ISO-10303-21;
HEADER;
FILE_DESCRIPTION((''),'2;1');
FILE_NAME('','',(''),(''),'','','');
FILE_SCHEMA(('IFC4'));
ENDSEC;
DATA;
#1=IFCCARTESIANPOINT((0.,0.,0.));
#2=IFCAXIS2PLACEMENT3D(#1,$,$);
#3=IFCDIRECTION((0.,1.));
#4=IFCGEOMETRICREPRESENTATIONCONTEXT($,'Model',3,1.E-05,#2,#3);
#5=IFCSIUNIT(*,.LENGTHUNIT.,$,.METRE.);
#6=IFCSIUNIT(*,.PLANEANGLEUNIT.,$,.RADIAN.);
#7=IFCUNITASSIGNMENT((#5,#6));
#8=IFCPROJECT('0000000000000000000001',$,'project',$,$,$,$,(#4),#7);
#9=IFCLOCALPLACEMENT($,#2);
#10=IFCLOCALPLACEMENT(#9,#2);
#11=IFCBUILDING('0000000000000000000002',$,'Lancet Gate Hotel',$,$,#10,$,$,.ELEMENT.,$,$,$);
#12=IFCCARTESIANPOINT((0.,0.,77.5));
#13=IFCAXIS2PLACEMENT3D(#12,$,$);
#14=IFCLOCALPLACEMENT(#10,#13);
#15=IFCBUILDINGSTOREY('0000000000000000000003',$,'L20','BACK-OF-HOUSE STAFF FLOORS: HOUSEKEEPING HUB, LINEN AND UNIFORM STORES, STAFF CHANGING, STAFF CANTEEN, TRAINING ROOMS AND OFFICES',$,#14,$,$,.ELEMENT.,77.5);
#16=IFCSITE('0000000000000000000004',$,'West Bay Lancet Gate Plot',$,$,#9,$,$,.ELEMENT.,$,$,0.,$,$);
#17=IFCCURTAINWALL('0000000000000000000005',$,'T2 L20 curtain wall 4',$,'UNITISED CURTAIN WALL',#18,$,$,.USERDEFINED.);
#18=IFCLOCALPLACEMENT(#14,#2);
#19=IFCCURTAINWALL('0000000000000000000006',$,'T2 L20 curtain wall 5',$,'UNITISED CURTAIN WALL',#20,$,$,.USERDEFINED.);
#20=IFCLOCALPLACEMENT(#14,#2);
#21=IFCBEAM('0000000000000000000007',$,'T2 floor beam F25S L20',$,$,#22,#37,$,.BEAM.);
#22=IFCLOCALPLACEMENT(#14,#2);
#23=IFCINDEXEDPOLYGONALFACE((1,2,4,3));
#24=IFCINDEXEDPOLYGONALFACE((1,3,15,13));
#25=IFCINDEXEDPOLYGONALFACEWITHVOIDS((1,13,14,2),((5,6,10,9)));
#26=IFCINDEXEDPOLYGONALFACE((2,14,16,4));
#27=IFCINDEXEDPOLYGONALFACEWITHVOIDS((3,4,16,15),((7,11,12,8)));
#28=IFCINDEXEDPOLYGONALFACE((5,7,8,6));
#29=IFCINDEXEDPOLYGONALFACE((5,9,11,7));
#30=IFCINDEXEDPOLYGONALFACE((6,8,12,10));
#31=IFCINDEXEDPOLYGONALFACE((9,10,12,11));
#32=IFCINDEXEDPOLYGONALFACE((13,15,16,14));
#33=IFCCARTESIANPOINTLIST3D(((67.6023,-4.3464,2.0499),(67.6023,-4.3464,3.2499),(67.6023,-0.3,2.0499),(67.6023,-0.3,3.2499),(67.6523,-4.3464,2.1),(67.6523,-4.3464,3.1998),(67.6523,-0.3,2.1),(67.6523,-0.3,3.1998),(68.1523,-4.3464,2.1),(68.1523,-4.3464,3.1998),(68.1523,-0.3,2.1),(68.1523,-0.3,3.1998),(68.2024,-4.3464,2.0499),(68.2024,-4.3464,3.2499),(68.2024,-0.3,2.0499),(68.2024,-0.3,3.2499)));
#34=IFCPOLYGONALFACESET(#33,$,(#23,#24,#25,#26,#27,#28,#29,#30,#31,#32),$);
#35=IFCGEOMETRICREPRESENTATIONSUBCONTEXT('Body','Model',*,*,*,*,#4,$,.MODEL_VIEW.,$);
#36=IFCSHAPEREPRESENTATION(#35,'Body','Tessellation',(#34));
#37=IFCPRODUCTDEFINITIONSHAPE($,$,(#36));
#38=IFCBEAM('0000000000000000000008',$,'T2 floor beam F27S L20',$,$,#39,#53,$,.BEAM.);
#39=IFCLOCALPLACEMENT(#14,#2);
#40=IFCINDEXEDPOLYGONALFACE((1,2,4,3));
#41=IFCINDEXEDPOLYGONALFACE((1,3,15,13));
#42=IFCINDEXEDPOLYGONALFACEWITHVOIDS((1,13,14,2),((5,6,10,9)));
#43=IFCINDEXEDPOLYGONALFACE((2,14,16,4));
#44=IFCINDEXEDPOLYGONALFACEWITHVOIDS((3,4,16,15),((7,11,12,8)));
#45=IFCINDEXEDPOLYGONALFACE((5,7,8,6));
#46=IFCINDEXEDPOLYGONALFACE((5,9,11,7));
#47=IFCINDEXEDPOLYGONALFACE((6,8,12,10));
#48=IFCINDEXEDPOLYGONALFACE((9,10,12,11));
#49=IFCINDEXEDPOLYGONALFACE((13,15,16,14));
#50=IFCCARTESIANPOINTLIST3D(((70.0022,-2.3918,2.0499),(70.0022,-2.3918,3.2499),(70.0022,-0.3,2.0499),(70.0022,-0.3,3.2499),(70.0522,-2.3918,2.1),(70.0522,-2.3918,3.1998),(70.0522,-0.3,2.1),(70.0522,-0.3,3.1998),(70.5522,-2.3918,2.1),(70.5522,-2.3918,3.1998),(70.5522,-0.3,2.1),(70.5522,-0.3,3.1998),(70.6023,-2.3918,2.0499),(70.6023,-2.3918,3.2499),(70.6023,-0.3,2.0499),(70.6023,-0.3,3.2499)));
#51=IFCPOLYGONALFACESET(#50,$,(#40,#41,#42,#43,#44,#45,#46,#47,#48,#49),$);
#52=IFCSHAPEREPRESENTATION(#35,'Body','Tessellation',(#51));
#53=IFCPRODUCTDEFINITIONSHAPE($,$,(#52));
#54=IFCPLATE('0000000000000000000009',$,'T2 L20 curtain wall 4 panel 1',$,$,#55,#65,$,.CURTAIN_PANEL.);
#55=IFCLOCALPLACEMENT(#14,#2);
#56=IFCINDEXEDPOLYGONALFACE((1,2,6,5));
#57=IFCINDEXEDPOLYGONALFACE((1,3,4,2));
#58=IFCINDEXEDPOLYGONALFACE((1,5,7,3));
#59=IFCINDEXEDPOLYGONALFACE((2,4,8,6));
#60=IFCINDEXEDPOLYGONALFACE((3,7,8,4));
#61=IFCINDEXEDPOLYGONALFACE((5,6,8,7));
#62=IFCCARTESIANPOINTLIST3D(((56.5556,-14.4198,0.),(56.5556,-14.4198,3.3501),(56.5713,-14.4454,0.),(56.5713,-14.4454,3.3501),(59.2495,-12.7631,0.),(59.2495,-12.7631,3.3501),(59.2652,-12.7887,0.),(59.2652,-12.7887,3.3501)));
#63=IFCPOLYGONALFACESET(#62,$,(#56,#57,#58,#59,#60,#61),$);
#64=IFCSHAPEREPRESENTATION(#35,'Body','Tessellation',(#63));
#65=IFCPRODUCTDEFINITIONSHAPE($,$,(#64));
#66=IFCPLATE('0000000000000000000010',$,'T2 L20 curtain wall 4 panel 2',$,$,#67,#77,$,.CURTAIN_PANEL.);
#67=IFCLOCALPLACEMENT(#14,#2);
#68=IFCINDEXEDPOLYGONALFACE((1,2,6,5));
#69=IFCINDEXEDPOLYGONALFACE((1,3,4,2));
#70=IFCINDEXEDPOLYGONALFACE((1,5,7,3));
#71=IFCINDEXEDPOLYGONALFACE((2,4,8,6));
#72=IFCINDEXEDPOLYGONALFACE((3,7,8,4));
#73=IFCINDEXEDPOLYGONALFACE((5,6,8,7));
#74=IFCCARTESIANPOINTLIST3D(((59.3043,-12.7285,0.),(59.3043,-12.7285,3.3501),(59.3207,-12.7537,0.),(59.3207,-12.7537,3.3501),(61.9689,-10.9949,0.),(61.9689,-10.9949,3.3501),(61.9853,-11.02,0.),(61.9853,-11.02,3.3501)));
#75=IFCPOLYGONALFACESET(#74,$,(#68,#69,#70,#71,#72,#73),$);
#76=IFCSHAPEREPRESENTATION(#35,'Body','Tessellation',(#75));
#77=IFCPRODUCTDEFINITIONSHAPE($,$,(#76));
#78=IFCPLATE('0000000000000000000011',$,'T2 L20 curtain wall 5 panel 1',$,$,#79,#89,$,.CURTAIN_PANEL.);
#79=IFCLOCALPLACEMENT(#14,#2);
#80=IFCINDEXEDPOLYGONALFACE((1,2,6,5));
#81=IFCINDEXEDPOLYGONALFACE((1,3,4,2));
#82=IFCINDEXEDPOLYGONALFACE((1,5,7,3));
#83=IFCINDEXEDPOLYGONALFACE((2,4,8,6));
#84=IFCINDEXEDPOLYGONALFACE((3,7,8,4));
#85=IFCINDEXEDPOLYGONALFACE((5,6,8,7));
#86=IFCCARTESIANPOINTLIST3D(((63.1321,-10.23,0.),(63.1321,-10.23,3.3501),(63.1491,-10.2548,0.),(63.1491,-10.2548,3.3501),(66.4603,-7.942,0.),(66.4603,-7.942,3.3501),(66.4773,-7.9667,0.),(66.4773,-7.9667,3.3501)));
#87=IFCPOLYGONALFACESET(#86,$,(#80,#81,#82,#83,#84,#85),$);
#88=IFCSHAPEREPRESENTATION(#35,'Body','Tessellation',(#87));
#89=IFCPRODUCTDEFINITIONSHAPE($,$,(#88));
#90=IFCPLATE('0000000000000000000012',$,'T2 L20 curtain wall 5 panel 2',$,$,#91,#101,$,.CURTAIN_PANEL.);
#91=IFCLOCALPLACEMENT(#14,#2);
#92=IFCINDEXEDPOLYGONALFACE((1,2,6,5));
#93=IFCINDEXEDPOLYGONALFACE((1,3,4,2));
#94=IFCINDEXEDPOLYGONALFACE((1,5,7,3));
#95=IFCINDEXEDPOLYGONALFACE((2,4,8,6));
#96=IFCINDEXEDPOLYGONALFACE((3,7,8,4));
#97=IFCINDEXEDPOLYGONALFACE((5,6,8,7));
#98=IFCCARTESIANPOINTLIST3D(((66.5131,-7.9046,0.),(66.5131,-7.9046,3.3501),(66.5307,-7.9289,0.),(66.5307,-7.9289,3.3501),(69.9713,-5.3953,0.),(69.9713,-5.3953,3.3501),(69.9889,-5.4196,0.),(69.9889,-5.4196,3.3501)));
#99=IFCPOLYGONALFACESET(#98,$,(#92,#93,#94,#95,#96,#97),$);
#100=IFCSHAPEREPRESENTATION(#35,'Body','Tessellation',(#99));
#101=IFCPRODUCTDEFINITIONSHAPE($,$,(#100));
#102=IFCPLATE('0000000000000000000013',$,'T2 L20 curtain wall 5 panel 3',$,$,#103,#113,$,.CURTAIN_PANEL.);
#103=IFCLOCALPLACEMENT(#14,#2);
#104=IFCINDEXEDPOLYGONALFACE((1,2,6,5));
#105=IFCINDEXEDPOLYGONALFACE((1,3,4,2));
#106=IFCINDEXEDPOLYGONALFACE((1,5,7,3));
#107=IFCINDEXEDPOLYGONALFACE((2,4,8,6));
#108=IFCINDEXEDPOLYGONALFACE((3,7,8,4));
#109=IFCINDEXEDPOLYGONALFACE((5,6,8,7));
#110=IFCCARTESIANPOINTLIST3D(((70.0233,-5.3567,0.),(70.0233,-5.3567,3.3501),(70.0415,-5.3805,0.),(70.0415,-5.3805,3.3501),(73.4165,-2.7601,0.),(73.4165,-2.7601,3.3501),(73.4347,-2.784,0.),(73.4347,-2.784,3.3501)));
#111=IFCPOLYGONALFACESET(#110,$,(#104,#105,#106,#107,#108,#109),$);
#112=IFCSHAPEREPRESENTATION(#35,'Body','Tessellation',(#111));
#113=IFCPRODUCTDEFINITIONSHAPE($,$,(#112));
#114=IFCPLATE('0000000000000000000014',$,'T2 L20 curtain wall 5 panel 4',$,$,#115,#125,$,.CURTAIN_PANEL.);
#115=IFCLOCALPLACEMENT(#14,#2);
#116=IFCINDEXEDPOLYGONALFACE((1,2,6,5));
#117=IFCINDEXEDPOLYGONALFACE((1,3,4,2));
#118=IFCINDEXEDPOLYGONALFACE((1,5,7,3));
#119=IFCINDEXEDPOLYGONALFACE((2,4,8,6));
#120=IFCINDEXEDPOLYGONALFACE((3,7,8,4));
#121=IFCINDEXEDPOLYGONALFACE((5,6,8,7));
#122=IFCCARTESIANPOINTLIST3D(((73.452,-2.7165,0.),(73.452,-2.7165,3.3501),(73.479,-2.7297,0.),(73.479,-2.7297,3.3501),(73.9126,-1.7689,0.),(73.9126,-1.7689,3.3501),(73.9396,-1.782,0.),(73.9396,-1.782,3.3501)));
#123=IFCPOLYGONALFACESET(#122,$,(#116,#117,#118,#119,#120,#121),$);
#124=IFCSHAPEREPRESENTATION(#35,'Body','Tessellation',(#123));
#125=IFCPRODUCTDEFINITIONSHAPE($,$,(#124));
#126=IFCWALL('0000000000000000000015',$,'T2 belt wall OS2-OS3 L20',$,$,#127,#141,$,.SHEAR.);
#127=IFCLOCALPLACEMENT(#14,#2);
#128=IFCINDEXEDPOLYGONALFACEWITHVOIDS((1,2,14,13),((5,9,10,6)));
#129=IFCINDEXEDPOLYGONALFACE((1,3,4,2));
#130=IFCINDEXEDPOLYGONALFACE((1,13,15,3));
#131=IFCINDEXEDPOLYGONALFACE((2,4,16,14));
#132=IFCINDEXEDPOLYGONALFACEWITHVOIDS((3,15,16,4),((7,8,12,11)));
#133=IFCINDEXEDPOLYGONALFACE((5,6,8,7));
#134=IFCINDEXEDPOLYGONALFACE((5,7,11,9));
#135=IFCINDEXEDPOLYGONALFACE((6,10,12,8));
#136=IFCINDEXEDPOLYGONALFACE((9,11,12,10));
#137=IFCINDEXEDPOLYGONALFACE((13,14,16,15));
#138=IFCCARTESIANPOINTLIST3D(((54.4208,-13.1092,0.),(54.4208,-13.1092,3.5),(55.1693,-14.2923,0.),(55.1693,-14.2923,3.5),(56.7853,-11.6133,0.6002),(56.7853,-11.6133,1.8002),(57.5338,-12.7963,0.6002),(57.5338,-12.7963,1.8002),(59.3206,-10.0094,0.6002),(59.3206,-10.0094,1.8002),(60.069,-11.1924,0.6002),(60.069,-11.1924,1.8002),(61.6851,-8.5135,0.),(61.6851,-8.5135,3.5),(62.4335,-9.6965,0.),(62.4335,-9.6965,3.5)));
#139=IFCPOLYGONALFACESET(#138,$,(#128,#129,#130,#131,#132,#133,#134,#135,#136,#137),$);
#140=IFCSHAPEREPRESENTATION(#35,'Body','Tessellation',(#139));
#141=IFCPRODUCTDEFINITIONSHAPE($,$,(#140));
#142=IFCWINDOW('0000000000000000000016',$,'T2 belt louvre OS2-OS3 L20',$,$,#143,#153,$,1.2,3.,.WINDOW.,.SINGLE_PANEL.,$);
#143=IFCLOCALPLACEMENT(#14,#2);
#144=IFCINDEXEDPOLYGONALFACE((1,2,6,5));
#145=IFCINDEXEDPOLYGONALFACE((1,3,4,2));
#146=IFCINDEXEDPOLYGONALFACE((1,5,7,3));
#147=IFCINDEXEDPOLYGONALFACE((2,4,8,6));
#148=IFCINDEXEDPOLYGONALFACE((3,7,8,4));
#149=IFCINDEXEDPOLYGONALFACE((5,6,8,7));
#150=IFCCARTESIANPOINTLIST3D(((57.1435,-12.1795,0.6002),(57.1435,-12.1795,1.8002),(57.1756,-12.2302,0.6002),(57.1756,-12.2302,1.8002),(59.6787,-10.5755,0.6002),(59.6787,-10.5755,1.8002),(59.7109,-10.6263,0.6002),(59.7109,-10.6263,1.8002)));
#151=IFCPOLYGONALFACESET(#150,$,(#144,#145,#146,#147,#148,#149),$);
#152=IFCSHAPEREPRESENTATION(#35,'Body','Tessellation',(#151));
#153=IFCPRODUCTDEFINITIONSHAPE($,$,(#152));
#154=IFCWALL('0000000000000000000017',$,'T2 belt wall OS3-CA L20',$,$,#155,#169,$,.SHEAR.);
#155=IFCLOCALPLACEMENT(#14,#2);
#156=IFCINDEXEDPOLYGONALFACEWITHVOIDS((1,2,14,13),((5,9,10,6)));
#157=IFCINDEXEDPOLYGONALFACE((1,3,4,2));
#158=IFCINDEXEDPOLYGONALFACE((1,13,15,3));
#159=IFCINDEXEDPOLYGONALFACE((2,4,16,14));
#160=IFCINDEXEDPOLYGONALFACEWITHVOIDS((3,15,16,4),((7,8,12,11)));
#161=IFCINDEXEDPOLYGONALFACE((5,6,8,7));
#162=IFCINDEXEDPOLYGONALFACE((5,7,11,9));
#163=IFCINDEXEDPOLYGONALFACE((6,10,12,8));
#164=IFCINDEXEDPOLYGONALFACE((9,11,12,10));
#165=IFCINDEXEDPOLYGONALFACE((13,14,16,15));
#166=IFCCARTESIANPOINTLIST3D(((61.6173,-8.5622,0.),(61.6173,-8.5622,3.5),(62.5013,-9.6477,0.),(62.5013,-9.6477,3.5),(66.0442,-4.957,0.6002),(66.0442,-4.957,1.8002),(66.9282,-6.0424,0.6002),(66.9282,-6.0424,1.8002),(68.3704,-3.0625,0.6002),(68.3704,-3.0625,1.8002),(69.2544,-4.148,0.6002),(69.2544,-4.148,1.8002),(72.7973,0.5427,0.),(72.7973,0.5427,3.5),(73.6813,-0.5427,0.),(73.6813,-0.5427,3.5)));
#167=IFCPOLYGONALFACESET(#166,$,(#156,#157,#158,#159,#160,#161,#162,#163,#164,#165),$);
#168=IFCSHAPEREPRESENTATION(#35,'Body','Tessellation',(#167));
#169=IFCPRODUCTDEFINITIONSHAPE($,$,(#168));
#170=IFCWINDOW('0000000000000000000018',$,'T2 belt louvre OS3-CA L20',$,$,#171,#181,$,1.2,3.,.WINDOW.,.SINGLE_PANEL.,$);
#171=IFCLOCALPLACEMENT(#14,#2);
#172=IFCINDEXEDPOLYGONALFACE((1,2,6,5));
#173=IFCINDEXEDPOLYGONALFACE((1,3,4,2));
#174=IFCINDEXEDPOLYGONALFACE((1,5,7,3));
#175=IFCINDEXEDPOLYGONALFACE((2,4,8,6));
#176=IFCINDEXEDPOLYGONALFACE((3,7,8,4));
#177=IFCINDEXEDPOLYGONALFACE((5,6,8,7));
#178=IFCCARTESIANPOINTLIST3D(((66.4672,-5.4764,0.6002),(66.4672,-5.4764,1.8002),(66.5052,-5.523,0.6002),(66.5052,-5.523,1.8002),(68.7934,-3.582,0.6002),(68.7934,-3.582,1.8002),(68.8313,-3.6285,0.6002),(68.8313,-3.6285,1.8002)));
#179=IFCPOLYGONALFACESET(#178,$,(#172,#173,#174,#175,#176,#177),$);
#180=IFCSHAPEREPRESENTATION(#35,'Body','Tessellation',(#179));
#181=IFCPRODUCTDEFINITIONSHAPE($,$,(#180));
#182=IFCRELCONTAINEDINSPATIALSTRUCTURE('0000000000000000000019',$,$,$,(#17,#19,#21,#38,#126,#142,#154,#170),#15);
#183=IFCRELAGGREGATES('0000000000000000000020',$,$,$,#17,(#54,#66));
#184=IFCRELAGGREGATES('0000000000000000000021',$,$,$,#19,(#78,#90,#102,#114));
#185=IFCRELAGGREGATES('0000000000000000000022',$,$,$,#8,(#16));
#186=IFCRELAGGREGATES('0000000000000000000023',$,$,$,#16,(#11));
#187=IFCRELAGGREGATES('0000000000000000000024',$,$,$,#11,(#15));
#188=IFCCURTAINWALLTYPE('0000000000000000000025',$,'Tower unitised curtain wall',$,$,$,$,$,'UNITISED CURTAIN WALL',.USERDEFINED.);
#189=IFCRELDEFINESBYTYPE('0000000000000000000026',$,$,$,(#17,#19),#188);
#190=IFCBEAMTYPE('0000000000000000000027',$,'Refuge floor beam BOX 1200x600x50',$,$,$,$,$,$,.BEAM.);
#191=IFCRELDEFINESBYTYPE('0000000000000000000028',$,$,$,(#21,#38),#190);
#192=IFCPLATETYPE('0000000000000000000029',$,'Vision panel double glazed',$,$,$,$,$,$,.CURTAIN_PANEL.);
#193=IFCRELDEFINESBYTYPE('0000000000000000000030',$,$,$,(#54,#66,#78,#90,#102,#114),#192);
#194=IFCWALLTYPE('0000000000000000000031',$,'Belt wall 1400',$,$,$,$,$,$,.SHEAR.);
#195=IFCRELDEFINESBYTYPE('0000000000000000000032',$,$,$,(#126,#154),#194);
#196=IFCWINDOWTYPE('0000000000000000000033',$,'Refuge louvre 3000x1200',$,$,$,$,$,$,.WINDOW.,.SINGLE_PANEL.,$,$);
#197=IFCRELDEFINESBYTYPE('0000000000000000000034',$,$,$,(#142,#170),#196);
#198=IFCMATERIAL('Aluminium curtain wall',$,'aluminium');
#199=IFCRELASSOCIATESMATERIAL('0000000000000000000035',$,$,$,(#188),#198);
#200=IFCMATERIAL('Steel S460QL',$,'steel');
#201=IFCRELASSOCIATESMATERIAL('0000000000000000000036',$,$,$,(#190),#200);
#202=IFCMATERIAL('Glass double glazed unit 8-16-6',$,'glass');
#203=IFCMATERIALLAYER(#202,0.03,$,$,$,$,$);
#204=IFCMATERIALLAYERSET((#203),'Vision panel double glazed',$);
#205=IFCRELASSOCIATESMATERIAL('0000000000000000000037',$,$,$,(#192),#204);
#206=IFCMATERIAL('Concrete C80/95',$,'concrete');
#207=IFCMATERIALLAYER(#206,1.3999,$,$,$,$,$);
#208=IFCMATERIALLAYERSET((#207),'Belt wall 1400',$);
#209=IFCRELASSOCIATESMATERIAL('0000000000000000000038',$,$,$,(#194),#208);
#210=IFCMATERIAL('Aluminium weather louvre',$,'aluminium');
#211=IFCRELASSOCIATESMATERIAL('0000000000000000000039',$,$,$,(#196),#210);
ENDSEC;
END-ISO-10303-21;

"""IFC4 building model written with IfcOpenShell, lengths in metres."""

from ifc_helpers import new_model, si_unit, direction, frame, frame_2d, origin, origin_2d, place, context, subcontext, project, spatial, rectangle, hollow_rectangle, extrude, material, layer, layer_set, material_profile, profile_set, type_object, element, fill, aggregate, save


model = new_model("IFC4")

# Units and contexts
model_context = context("Model", 3, precision=1e-05, world=origin(), true_north=direction((0.0, 1.0)))
body_context = subcontext(model_context, "Body", "Model", "MODEL_VIEW")
ifc_project = project(units=[si_unit("LENGTHUNIT", "METRE"), si_unit("PLANEANGLEUNIT", "RADIAN")], contexts=[model_context])

# Site, building, storey
site_placement = place(None, origin())
site = spatial("IfcSite", under=ifc_project, at=site_placement, Name="West Bay Lancet Gate Plot", CompositionType="ELEMENT", RefElevation=0.0)
building_placement = place(site_placement, origin())
building = spatial("IfcBuilding", under=site, at=building_placement, Name="Lancet Gate Hotel", CompositionType="ELEMENT")
storey_placement = place(building_placement, frame((0.0, 0.0, 77.5)))
storey = spatial("IfcBuildingStorey", under=building, at=storey_placement, Name="L20", Description="BACK-OF-HOUSE STAFF FLOORS: HOUSEKEEPING HUB, LINEN AND UNIFORM STORES, STAFF CHANGING, STAFF CANTEEN, TRAINING ROOMS AND OFFICES", CompositionType="ELEMENT", Elevation=77.5)

# Shared definitions
ifc_material_1 = material(Name="Aluminium curtain wall", Category="aluminium")
curtain_wall_type = type_object("IfcCurtainWallType", Name="Tower unitised curtain wall", ElementType="UNITISED CURTAIN WALL", PredefinedType="USERDEFINED", material=ifc_material_1)

# Curtain walls
curtain_wall_1_placement = place(storey_placement, origin())
curtain_wall_1 = element("IfcCurtainWall", 1, at=curtain_wall_1_placement, inside=storey, type_object=curtain_wall_type, Name="T2 L20 curtain wall 4", ObjectType="UNITISED CURTAIN WALL", PredefinedType="USERDEFINED")
curtain_wall_2_placement = place(storey_placement, origin())
curtain_wall_2 = element("IfcCurtainWall", 2, at=curtain_wall_2_placement, inside=storey, type_object=curtain_wall_type, Name="T2 L20 curtain wall 5", ObjectType="UNITISED CURTAIN WALL", PredefinedType="USERDEFINED")

# Beams
ifc_material_2 = material(Name="Steel S460QL", Category="steel")
ifc_material_profile_1 = material_profile(ifc_material_2, hollow_rectangle(XDim=0.6001, YDim=1.2, WallThickness=0.05, at=origin_2d()), Name="BOX 1200x600x50")
ifc_profile_set_1 = profile_set([ifc_material_profile_1], Name="Steel S460QL")
beam_type = type_object("IfcBeamType", Name="Refuge floor beam BOX 1200x600x50", PredefinedType="BEAM", material=ifc_profile_set_1)
beam_1_placement = place(storey_placement, frame((67.9023, -4.3464, 2.6499), z_axis=(0.0, 1.0, 0.0), x_axis=(-1.0, 0.0, 0.0)))
element("IfcBeam", 3, at=beam_1_placement, inside=storey, type_object=beam_type, Name="T2 floor beam F25S L20", PredefinedType="BEAM", context=body_context, shape_type="SweptSolid", body=[
    extrude(hollow_rectangle(XDim=0.6001, YDim=1.2, WallThickness=0.05, at=origin_2d()), origin(), (0.0, 0.0, 1.0), 4.0464),
])
beam_2_placement = place(storey_placement, frame((70.3022, -2.3918, 2.6499), z_axis=(0.0, 1.0, 0.0), x_axis=(-1.0, 0.0, 0.0)))
element("IfcBeam", 4, at=beam_2_placement, inside=storey, type_object=beam_type, Name="T2 floor beam F27S L20", PredefinedType="BEAM", context=body_context, shape_type="SweptSolid", body=[
    extrude(hollow_rectangle(XDim=0.6001, YDim=1.2, WallThickness=0.05, at=origin_2d()), origin(), (0.0, 0.0, 1.0), 2.0918),
])

# Plates
ifc_material_3 = material(Name="Glass double glazed unit 8-16-6", Category="glass")
ifc_layer_1 = layer(ifc_material_3, 0.03)
ifc_layer_set_1 = layer_set([ifc_layer_1], Name="Vision panel double glazed")
plate_type = type_object("IfcPlateType", Name="Vision panel double glazed", PredefinedType="CURTAIN_PANEL", material=ifc_layer_set_1)
plate_1_placement = place(storey_placement, frame((57.9104, -13.6042, 0.0), z_axis=(0.0, 0.0, 1.0), x_axis=(0.851815, 0.523842, 0.0)))
plate_1 = element("IfcPlate", 5, at=plate_1_placement, type_object=plate_type, Name="T2 L20 curtain wall 4 panel 1", PredefinedType="CURTAIN_PANEL", context=body_context, shape_type="SweptSolid", body=[
    extrude(rectangle(XDim=3.1626, YDim=0.03, at=origin_2d()), origin(), (0.0, 0.0, 1.0), 3.3501),
])
plate_2_placement = place(storey_placement, frame((60.6448, -11.8743, 0.0), z_axis=(0.0, 0.0, 1.0), x_axis=(0.838207, 0.545353, 0.0)))
plate_2 = element("IfcPlate", 6, at=plate_2_placement, type_object=plate_type, Name="T2 L20 curtain wall 4 panel 2", PredefinedType="CURTAIN_PANEL", context=body_context, shape_type="SweptSolid", body=[
    extrude(rectangle(XDim=3.179, YDim=0.03, at=origin_2d()), origin(), (0.0, 0.0, 1.0), 3.3501),
])
aggregate(curtain_wall_1, [plate_1, plate_2])
plate_3_placement = place(storey_placement, frame((64.8047, -9.0984, 0.0), z_axis=(0.0, 0.0, 1.0), x_axis=(0.824055, 0.566509, 0.0)))
plate_3 = element("IfcPlate", 7, at=plate_3_placement, type_object=plate_type, Name="T2 L20 curtain wall 5 panel 1", PredefinedType="CURTAIN_PANEL", context=body_context, shape_type="SweptSolid", body=[
    extrude(rectangle(XDim=4.0388, YDim=0.03, at=origin_2d()), origin(), (0.0, 0.0, 1.0), 3.3501),
])
plate_4_placement = place(storey_placement, frame((68.251, -6.6621, 0.0), z_axis=(0.0, 0.0, 1.0), x_axis=(0.80937, 0.587299, 0.0)))
plate_4 = element("IfcPlate", 8, at=plate_4_placement, type_object=plate_type, Name="T2 L20 curtain wall 5 panel 2", PredefinedType="CURTAIN_PANEL", context=body_context, shape_type="SweptSolid", body=[
    extrude(rectangle(XDim=4.2727, YDim=0.03, at=origin_2d()), origin(), (0.0, 0.0, 1.0), 3.3501),
])
plate_5_placement = place(storey_placement, frame((71.729, -4.0703, 0.0), z_axis=(0.0, 0.0, 1.0), x_axis=(0.79416, 0.607709, 0.0)))
plate_5 = element("IfcPlate", 9, at=plate_5_placement, type_object=plate_type, Name="T2 L20 curtain wall 5 panel 3", PredefinedType="CURTAIN_PANEL", context=body_context, shape_type="SweptSolid", body=[
    extrude(rectangle(XDim=4.2727, YDim=0.03, at=origin_2d()), origin(), (0.0, 0.0, 1.0), 3.3501),
])
plate_6_placement = place(storey_placement, frame((73.6958, -2.2493, 0.0), z_axis=(0.0, 0.0, 1.0), x_axis=(0.437169, 0.899379, 0.0)))
plate_6 = element("IfcPlate", 10, at=plate_6_placement, type_object=plate_type, Name="T2 L20 curtain wall 5 panel 4", PredefinedType="CURTAIN_PANEL", context=body_context, shape_type="SweptSolid", body=[
    extrude(rectangle(XDim=1.0537, YDim=0.03, at=origin_2d()), origin(), (0.0, 0.0, 1.0), 3.3501),
])
aggregate(curtain_wall_2, [plate_3, plate_4, plate_5, plate_6])

# Walls, openings, windows
ifc_material_4 = material(Name="Concrete C80/95", Category="concrete")
ifc_layer_2 = layer(ifc_material_4, 1.3999)
ifc_layer_set_2 = layer_set([ifc_layer_2], Name="Belt wall 1400")
wall_type_1 = type_object("IfcWallType", Name="Belt wall 1400", PredefinedType="SHEAR", material=ifc_layer_set_2)
wall_1_placement = place(storey_placement, frame((54.7952, -13.7007, 0.0), z_axis=(0.0, 0.0, 1.0), x_axis=(0.845078, 0.534643, 0.0)))
wall_1 = element("IfcWall", 11, at=wall_1_placement, inside=storey, type_object=wall_type_1, Name="T2 belt wall OS2-OS3 L20", PredefinedType="SHEAR", context=body_context, shape_type="SweptSolid", body=[
    extrude(rectangle(XDim=8.5959, YDim=1.3999, at=frame_2d((4.2979, 0.0))), origin(), (0.0, 0.0, 1.0), 3.5),
])
opening_1_placement = place(wall_1_placement, frame((2.7979, 0.0, 0.6001)))
opening_1 = element("IfcOpeningElement", 12, at=opening_1_placement, cuts=wall_1, PredefinedType="OPENING", context=body_context, shape_type="SweptSolid", body=[
    extrude(rectangle(XDim=3.0, YDim=1.2, at=frame_2d((1.5, 0.6001))), frame((0.0, 0.71, 0.0), z_axis=(0.0, -1.0, 0.0), x_axis=(1.0, 0.0, 0.0)), (0.0, 0.0, 1.0), 1.4199),
])
ifc_material_5 = material(Name="Aluminium weather louvre", Category="aluminium")
window_type = type_object("IfcWindowType", Name="Refuge louvre 3000x1200", PartitioningType="SINGLE_PANEL", PredefinedType="WINDOW", material=ifc_material_5)
window_1_placement = place(opening_1_placement, origin())
window_1 = element("IfcWindow", 13, at=window_1_placement, inside=storey, type_object=window_type, Name="T2 belt louvre OS2-OS3 L20", OverallHeight=1.2, OverallWidth=3.0, PartitioningType="SINGLE_PANEL", PredefinedType="WINDOW", context=body_context, shape_type="SweptSolid", body=[
    extrude(rectangle(XDim=3.0, YDim=1.2, at=frame_2d((1.5, 0.6001))), frame((0.0, 0.03, 0.0), z_axis=(0.0, -1.0, 0.0), x_axis=(1.0, 0.0, 0.0)), (0.0, 0.0, 1.0), 0.0601),
])
fill(opening_1, window_1)
wall_2_placement = place(storey_placement, frame((62.0593, -9.105, 0.0), z_axis=(0.0, 0.0, 1.0), x_axis=(0.775391, 0.631481, 0.0)))
wall_2 = element("IfcWall", 14, at=wall_2_placement, inside=storey, type_object=wall_type_1, Name="T2 belt wall OS3-CA L20", PredefinedType="SHEAR", context=body_context, shape_type="SweptSolid", body=[
    extrude(rectangle(XDim=14.4185, YDim=1.3999, at=frame_2d((7.2092, 0.0))), origin(), (0.0, 0.0, 1.0), 3.5),
])
opening_2_placement = place(wall_2_placement, frame((5.7092, 0.0, 0.6001)))
opening_2 = element("IfcOpeningElement", 15, at=opening_2_placement, cuts=wall_2, PredefinedType="OPENING", context=body_context, shape_type="SweptSolid", body=[
    extrude(rectangle(XDim=3.0, YDim=1.2, at=frame_2d((1.5, 0.6001))), frame((0.0, 0.71, 0.0), z_axis=(0.0, -1.0, 0.0), x_axis=(1.0, 0.0, 0.0)), (0.0, 0.0, 1.0), 1.4199),
])
window_2_placement = place(opening_2_placement, origin())
window_2 = element("IfcWindow", 16, at=window_2_placement, inside=storey, type_object=window_type, Name="T2 belt louvre OS3-CA L20", OverallHeight=1.2, OverallWidth=3.0, PartitioningType="SINGLE_PANEL", PredefinedType="WINDOW", context=body_context, shape_type="SweptSolid", body=[
    extrude(rectangle(XDim=3.0, YDim=1.2, at=frame_2d((1.5, 0.6001))), frame((0.0, 0.03, 0.0), z_axis=(0.0, -1.0, 0.0), x_axis=(1.0, 0.0, 0.0)), (0.0, 0.0, 1.0), 0.0601),
])
fill(opening_2, window_2)

save(model, "model.ifc")
